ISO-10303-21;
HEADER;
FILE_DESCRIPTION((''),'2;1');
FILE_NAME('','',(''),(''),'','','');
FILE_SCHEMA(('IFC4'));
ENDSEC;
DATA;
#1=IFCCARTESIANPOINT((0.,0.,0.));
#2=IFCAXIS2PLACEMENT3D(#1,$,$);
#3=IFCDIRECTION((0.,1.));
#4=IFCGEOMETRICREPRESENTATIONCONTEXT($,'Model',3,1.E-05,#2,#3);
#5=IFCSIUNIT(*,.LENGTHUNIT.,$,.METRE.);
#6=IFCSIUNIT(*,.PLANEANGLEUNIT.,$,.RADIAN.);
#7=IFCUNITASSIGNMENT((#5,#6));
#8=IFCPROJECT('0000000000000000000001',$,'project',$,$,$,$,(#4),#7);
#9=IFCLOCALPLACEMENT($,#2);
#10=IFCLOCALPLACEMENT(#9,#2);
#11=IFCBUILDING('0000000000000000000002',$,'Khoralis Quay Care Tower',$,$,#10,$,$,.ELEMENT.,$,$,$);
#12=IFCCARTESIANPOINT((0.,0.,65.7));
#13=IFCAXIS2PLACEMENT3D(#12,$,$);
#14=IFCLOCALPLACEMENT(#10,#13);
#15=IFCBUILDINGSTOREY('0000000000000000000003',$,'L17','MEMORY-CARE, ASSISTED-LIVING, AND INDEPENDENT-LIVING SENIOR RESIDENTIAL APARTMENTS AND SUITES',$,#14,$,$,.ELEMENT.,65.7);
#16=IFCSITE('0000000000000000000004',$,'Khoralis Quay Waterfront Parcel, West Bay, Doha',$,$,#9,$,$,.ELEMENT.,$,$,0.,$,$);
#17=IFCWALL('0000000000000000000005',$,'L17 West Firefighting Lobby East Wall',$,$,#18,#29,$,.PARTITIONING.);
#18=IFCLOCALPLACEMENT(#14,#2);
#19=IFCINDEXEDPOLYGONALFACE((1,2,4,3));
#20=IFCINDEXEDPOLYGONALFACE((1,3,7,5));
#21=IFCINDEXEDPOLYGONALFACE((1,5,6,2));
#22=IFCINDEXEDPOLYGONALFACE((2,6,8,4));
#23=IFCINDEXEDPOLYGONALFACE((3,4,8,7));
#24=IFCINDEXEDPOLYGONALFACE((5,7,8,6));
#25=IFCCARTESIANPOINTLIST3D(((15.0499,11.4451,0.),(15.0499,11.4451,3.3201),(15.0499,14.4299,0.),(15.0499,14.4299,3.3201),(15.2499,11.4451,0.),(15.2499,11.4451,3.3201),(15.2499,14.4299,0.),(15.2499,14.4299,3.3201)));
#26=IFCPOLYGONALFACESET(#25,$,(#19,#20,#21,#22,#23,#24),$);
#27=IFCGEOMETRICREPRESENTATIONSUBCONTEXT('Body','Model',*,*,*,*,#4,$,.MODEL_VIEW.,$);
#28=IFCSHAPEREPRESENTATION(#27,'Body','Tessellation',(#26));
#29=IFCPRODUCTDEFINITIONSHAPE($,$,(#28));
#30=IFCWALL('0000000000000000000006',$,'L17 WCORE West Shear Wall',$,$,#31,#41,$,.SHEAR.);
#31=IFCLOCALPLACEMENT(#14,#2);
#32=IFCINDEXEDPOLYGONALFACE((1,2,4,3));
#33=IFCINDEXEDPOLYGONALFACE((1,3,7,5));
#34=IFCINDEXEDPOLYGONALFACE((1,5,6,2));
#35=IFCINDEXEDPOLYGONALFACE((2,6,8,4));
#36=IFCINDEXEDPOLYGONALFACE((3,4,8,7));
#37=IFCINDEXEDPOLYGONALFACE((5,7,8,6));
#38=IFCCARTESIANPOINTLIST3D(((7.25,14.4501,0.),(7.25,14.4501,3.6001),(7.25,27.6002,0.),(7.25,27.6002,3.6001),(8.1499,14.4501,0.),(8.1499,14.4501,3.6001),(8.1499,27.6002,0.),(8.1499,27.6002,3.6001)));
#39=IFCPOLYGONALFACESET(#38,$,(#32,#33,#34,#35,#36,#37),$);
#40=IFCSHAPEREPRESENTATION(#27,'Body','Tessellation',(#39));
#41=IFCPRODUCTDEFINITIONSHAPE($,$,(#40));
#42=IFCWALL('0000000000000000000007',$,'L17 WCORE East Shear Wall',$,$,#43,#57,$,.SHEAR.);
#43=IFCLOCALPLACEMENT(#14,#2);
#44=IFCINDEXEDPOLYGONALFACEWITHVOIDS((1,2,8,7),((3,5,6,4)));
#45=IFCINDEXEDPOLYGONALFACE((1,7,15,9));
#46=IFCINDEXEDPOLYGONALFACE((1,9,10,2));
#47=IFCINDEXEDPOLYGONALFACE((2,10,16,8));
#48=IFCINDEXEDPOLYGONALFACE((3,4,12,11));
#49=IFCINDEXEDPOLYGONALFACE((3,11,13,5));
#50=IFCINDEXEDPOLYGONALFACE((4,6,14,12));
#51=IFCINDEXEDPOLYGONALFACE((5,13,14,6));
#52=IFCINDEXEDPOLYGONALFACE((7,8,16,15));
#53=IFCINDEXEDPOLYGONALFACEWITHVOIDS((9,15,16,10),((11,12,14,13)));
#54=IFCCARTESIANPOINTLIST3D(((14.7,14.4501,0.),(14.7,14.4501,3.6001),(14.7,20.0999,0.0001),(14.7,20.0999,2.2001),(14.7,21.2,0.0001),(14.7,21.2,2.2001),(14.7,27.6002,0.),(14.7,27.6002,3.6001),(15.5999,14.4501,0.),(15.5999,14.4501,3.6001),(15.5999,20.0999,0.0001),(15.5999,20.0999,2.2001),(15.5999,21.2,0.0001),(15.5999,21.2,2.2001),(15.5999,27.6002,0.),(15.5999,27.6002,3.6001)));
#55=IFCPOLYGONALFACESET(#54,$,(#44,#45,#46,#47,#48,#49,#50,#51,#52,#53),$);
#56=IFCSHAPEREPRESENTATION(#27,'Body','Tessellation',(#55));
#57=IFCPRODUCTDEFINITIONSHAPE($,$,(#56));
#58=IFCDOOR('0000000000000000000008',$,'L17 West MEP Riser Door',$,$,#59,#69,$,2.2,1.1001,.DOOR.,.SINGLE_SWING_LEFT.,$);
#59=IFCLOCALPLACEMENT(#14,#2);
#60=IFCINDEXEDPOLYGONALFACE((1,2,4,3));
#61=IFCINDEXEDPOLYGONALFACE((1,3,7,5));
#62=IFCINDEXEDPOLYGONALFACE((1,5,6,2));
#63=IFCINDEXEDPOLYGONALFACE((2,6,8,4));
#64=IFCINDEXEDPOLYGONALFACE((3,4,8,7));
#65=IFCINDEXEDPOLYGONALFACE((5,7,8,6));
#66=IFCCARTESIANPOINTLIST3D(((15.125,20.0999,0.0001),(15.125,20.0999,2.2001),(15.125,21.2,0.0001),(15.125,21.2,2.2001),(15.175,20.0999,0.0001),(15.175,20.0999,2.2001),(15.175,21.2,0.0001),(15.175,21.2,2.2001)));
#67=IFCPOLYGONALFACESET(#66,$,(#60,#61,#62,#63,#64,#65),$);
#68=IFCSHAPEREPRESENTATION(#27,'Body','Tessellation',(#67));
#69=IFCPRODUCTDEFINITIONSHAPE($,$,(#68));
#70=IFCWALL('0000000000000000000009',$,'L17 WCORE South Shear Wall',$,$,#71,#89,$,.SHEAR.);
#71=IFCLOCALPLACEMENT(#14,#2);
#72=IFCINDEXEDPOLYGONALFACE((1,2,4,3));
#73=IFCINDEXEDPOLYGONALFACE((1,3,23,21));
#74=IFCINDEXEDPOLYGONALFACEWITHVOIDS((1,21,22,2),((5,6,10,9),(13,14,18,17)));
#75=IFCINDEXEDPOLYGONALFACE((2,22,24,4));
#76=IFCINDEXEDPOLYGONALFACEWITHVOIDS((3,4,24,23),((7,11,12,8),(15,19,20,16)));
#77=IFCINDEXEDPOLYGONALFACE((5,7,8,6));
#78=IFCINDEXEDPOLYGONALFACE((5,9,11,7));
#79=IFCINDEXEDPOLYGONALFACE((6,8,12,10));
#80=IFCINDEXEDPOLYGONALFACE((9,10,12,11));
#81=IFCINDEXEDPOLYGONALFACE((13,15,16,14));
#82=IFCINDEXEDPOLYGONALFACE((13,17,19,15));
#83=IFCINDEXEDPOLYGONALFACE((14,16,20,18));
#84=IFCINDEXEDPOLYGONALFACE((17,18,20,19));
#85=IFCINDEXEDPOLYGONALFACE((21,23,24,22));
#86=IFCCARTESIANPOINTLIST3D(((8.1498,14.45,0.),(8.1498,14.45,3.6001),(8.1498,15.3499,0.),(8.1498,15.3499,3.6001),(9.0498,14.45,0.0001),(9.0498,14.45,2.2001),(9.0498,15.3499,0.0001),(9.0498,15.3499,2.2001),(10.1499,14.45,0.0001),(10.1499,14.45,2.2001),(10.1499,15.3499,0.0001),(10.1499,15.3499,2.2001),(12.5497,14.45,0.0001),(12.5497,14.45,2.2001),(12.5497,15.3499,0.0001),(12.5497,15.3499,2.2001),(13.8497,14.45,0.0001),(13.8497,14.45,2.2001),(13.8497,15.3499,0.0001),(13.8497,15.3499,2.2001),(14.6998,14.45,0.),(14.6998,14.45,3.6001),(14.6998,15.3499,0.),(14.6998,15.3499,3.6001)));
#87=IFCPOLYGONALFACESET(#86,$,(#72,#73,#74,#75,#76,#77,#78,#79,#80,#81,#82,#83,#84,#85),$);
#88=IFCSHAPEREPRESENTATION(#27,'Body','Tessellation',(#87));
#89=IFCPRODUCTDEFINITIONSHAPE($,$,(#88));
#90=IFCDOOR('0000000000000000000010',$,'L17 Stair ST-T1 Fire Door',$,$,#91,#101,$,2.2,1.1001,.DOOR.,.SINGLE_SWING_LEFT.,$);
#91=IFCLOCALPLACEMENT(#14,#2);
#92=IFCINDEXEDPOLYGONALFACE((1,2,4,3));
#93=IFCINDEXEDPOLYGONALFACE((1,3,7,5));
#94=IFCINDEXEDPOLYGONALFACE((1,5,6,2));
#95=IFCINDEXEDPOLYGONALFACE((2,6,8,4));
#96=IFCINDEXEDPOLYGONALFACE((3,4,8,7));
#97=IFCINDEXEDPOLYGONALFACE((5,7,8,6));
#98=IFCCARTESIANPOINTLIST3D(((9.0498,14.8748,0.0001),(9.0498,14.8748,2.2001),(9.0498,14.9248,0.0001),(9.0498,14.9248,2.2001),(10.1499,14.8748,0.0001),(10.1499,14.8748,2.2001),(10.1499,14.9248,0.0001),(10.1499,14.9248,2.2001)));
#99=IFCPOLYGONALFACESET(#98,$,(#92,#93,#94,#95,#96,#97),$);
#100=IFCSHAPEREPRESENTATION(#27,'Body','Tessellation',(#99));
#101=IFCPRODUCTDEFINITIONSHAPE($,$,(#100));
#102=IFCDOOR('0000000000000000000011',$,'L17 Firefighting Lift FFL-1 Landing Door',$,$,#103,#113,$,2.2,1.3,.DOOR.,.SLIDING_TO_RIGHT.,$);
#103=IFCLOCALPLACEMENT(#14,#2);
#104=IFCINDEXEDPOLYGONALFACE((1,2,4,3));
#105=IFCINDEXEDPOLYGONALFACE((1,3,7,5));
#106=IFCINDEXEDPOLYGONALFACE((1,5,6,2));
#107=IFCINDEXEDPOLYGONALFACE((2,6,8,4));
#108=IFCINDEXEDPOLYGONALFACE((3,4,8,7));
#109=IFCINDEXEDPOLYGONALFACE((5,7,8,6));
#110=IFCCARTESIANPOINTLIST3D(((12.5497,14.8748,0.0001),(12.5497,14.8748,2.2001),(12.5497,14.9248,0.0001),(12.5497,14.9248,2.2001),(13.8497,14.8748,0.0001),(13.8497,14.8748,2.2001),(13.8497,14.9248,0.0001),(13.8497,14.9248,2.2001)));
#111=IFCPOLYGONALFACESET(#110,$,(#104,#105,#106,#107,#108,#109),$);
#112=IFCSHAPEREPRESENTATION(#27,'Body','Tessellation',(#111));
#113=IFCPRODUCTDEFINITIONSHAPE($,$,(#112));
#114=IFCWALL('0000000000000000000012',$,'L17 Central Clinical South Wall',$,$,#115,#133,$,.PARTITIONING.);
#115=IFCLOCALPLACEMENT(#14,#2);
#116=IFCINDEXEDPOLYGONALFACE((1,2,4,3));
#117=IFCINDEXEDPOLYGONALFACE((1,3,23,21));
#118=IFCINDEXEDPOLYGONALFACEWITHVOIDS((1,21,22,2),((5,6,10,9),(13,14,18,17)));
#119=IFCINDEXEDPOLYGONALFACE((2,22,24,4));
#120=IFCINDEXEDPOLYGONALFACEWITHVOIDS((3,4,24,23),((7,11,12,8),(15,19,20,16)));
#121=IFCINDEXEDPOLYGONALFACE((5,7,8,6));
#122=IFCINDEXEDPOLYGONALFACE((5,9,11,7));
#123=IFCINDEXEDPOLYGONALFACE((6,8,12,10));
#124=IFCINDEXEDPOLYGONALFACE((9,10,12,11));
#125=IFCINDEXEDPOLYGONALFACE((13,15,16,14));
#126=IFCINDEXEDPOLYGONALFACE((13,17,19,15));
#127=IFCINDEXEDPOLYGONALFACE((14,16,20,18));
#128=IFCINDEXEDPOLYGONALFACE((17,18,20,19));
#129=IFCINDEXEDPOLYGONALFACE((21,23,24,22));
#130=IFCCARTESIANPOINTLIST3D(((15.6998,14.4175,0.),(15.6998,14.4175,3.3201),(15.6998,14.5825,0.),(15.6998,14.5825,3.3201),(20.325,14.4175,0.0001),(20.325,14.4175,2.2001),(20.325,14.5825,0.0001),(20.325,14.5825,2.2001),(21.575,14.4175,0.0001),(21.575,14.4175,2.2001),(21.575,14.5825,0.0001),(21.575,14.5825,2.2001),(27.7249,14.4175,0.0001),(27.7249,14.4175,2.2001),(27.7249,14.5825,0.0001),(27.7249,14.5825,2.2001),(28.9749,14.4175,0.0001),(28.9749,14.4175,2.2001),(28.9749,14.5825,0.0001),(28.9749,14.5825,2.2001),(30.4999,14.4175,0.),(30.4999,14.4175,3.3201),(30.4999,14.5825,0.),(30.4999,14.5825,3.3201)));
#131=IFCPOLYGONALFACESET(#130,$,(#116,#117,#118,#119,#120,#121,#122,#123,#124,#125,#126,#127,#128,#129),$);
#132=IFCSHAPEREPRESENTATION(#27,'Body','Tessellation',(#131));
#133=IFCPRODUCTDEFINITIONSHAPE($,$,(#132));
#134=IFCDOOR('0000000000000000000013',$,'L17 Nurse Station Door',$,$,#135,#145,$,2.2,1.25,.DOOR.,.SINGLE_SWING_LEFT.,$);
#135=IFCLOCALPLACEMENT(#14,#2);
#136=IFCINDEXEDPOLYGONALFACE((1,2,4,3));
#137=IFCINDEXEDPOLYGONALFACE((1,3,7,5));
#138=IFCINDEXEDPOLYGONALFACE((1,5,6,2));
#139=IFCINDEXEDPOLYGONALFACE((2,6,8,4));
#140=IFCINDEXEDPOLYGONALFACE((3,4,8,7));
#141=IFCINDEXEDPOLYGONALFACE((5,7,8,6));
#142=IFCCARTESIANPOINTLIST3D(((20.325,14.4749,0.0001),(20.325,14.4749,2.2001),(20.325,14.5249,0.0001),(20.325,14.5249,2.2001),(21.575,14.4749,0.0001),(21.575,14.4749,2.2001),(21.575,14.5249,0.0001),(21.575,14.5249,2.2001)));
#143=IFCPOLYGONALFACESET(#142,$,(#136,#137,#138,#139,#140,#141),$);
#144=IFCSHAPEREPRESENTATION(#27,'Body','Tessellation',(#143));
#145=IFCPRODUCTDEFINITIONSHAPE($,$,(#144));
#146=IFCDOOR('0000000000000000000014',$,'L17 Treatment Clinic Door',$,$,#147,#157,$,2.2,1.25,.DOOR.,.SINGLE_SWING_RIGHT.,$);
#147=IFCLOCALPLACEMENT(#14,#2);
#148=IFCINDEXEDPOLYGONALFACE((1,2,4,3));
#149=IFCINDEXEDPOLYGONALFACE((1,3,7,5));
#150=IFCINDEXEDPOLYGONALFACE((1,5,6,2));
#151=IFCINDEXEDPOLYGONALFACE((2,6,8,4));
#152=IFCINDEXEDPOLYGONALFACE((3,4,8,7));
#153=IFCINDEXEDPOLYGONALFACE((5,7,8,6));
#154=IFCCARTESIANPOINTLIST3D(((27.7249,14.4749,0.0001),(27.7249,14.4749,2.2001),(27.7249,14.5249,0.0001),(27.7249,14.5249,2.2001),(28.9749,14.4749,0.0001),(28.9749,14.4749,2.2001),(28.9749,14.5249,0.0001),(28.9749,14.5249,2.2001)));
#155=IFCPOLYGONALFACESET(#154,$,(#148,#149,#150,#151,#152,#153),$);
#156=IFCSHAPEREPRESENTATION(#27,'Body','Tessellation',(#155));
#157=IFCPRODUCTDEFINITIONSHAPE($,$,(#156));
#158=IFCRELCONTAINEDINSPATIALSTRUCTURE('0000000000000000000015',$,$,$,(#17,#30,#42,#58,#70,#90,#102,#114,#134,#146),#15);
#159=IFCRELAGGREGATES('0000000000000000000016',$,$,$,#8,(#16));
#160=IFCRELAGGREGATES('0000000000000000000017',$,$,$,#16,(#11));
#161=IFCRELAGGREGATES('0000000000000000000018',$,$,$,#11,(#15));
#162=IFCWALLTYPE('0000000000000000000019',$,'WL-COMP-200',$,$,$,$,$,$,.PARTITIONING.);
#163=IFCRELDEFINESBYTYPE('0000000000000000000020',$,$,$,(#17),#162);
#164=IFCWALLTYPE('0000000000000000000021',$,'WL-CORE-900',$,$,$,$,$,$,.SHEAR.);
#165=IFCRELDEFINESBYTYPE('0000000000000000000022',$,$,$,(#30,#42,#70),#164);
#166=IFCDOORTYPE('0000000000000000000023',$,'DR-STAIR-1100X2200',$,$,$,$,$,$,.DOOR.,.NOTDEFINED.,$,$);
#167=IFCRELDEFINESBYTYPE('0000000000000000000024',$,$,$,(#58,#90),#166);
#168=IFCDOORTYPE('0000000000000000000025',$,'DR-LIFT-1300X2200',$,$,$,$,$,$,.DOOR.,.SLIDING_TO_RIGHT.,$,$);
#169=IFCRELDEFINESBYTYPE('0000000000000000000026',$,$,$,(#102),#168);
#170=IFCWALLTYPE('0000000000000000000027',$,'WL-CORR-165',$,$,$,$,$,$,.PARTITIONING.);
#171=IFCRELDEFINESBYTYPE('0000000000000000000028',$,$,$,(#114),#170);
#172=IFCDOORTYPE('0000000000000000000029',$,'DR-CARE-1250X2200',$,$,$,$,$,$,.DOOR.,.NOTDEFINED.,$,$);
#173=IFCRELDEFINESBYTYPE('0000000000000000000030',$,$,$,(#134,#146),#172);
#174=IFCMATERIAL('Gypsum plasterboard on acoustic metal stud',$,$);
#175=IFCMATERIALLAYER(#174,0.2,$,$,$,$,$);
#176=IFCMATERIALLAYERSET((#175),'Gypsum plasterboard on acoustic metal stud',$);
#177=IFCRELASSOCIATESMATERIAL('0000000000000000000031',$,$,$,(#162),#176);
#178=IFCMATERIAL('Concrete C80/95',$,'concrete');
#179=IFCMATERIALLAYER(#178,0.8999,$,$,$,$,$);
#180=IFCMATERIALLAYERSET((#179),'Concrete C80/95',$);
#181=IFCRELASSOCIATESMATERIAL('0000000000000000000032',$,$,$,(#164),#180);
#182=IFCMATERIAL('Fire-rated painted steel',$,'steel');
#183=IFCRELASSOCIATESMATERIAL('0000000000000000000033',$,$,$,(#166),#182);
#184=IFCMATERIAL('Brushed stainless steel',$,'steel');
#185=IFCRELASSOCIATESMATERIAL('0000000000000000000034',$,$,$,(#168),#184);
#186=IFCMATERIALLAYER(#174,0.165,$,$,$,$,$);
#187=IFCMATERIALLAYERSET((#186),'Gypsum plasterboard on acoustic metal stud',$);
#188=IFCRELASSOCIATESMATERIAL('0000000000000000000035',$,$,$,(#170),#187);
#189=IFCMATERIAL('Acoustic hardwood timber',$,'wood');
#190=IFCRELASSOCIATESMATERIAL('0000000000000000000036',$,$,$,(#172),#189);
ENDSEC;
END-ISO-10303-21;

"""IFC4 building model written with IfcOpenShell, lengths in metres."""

from ifc_helpers import new_model, si_unit, direction, frame, frame_2d, origin, place, context, subcontext, project, spatial, rectangle, extrude, source, transform, mapped, material, layer, layer_set, type_object, element, fill, save


model = new_model("IFC4")

# Units and contexts
model_context = context("Model", 3, precision=1e-05, world=origin(), true_north=direction((0.0, 1.0)))
body_context = subcontext(model_context, "Body", "Model", "MODEL_VIEW")
ifc_project = project(units=[si_unit("LENGTHUNIT", "METRE"), si_unit("PLANEANGLEUNIT", "RADIAN")], contexts=[model_context])

# Site, building, storey
site_placement = place(None, origin())
site = spatial("IfcSite", under=ifc_project, at=site_placement, Name="Khoralis Quay Waterfront Parcel, West Bay, Doha", CompositionType="ELEMENT", RefElevation=0.0)
building_placement = place(site_placement, origin())
building = spatial("IfcBuilding", under=site, at=building_placement, Name="Khoralis Quay Care Tower", CompositionType="ELEMENT")
storey_placement = place(building_placement, frame((0.0, 0.0, 65.7)))
storey = spatial("IfcBuildingStorey", under=building, at=storey_placement, Name="L17", Description="MEMORY-CARE, ASSISTED-LIVING, AND INDEPENDENT-LIVING SENIOR RESIDENTIAL APARTMENTS AND SUITES", CompositionType="ELEMENT", Elevation=65.7)

# Shared definitions
ifc_material_1 = material(Name="Concrete C80/95", Category="concrete")

# Shared definitions
ifc_material_2 = material(Name="Gypsum plasterboard on acoustic metal stud")
ifc_layer_1 = layer(ifc_material_2, 0.2)
ifc_layer_set_1 = layer_set([ifc_layer_1], Name="Gypsum plasterboard on acoustic metal stud")
wall_type_1 = type_object("IfcWallType", Name="WL-COMP-200", PredefinedType="PARTITIONING", material=ifc_layer_set_1)
ifc_material_3 = material(Name="Fire-rated painted steel", Category="steel")

# Walls
for number, where, z_axis, x_axis, name in (
    (1, (15.1499, 11.4451, 0.0), (0.0, 0.0, 1.0), (0.0, 1.0, 0.0), "L17 West Firefighting Lobby East Wall"),
):
    element("IfcWall", number, at=place(storey_placement, frame(where, z_axis=z_axis, x_axis=x_axis)), inside=storey, type_object=wall_type_1, Name=name, PredefinedType="PARTITIONING", context=body_context, shape_type="SweptSolid", body=[
        extrude(rectangle(XDim=2.9849, YDim=0.2, at=frame_2d((1.4924, 0.0))), origin(), (0.0, 0.0, 1.0), 3.3201),
    ])
ifc_layer_2 = layer(ifc_material_1, 0.8999)
ifc_layer_set_2 = layer_set([ifc_layer_2], Name="Concrete C80/95")
wall_type_2 = type_object("IfcWallType", Name="WL-CORE-900", PredefinedType="SHEAR", material=ifc_layer_set_2)
wall_1_placement = place(storey_placement, frame((7.7, 14.45, 0.0), z_axis=(0.0, 0.0, 1.0), x_axis=(0.0, 1.0, 0.0)))
element("IfcWall", 2, at=wall_1_placement, inside=storey, type_object=wall_type_2, Name="L17 WCORE West Shear Wall", PredefinedType="SHEAR", context=body_context, shape_type="SweptSolid", body=[
    extrude(rectangle(XDim=13.1501, YDim=0.8999, at=frame_2d((6.5752, 0.0))), origin(), (0.0, 0.0, 1.0), 3.6001),
])

# Wall, opening, door
wall_2_placement = place(storey_placement, frame((15.1499, 14.45, 0.0), z_axis=(0.0, 0.0, 1.0), x_axis=(0.0, 1.0, 0.0)))
wall_2 = element("IfcWall", 3, at=wall_2_placement, inside=storey, type_object=wall_type_2, Name="L17 WCORE East Shear Wall", PredefinedType="SHEAR", context=body_context, shape_type="SweptSolid", body=[
    extrude(rectangle(XDim=13.1501, YDim=0.8999, at=frame_2d((6.5752, 0.0))), origin(), (0.0, 0.0, 1.0), 3.6001),
])
opening_1_placement = place(wall_2_placement, frame((5.6499, 0.0, 0.0)))
opening_1 = element("IfcOpeningElement", 4, at=opening_1_placement, cuts=wall_2, PredefinedType="OPENING", context=body_context, shape_type="SweptSolid", body=[
    extrude(rectangle(XDim=1.1001, YDim=2.2, at=frame_2d((0.55, 1.1001))), frame((0.0, 0.46, 0.0), z_axis=(0.0, -1.0, 0.0), x_axis=(1.0, 0.0, 0.0)), (0.0, 0.0, 1.0), 0.9199),
])
door_type_1 = type_object("IfcDoorType", Name="DR-STAIR-1100X2200", OperationType="NOTDEFINED", PredefinedType="DOOR", material=ifc_material_3)
shared_shape_1 = source(origin(), body_context, "Body", "SweptSolid", [
    extrude(rectangle(XDim=1.1001, YDim=2.2, at=frame_2d((0.55, 1.1001))), frame((0.0, 0.0249, 0.0), z_axis=(0.0, -1.0, 0.0), x_axis=(1.0, 0.0, 0.0)), (0.0, 0.0, 1.0), 0.05),
])
door_1_placement = place(opening_1_placement, origin())
door_1 = element("IfcDoor", 5, at=door_1_placement, inside=storey, type_object=door_type_1, Name="L17 West MEP Riser Door", OperationType="SINGLE_SWING_LEFT", OverallHeight=2.2, OverallWidth=1.1001, PredefinedType="DOOR", context=body_context, shape_type="MappedRepresentation", body=[
    mapped(shared_shape_1, transform((0.0, 0.0, 0.0), scale=1.0)),
])
fill(opening_1, door_1)

# Walls, openings, doors
wall_3_placement = place(storey_placement, frame((8.1499, 14.8999, 0.0), z_axis=(0.0, 0.0, 1.0), x_axis=(1.0, 0.0, 0.0)))
wall_3 = element("IfcWall", 6, at=wall_3_placement, inside=storey, type_object=wall_type_2, Name="L17 WCORE South Shear Wall", PredefinedType="SHEAR", context=body_context, shape_type="SweptSolid", body=[
    extrude(rectangle(XDim=6.55, YDim=0.8999, at=frame_2d((3.2749, 0.0))), origin(), (0.0, 0.0, 1.0), 3.6001),
])
opening_2_placement = place(wall_3_placement, frame((0.8999, 0.0, 0.0)))
opening_2 = element("IfcOpeningElement", 7, at=opening_2_placement, cuts=wall_3, PredefinedType="OPENING", context=body_context, shape_type="SweptSolid", body=[
    extrude(rectangle(XDim=1.1001, YDim=2.2, at=frame_2d((0.55, 1.1001))), frame((0.0, 0.46, 0.0), z_axis=(0.0, -1.0, 0.0), x_axis=(1.0, 0.0, 0.0)), (0.0, 0.0, 1.0), 0.9199),
])
opening_3_placement = place(wall_3_placement, frame((4.3999, 0.0, 0.0)))
opening_3 = element("IfcOpeningElement", 8, at=opening_3_placement, cuts=wall_3, PredefinedType="OPENING", context=body_context, shape_type="SweptSolid", body=[
    extrude(rectangle(XDim=1.3, YDim=2.2, at=frame_2d((0.6499, 1.1001))), frame((0.0, 0.46, 0.0), z_axis=(0.0, -1.0, 0.0), x_axis=(1.0, 0.0, 0.0)), (0.0, 0.0, 1.0), 0.9199),
])
door_2_placement = place(opening_2_placement, origin())
door_2 = element("IfcDoor", 9, at=door_2_placement, inside=storey, type_object=door_type_1, Name="L17 Stair ST-T1 Fire Door", OperationType="SINGLE_SWING_LEFT", OverallHeight=2.2, OverallWidth=1.1001, PredefinedType="DOOR", context=body_context, shape_type="MappedRepresentation", body=[
    mapped(shared_shape_1, transform((0.0, 0.0, 0.0), scale=1.0)),
])
fill(opening_2, door_2)
ifc_material_4 = material(Name="Brushed stainless steel", Category="steel")
door_type_2 = type_object("IfcDoorType", Name="DR-LIFT-1300X2200", OperationType="SLIDING_TO_RIGHT", PredefinedType="DOOR", material=ifc_material_4)
shared_shape_2 = source(origin(), body_context, "Body", "SweptSolid", [
    extrude(rectangle(XDim=1.3, YDim=2.2, at=frame_2d((0.6499, 1.1001))), frame((0.0, 0.0249, 0.0), z_axis=(0.0, -1.0, 0.0), x_axis=(1.0, 0.0, 0.0)), (0.0, 0.0, 1.0), 0.05),
])
door_3_placement = place(opening_3_placement, origin())
door_3 = element("IfcDoor", 10, at=door_3_placement, inside=storey, type_object=door_type_2, Name="L17 Firefighting Lift FFL-1 Landing Door", OperationType="SLIDING_TO_RIGHT", OverallHeight=2.2, OverallWidth=1.3, PredefinedType="DOOR", context=body_context, shape_type="MappedRepresentation", body=[
    mapped(shared_shape_2, transform((0.0, 0.0, 0.0), scale=1.0)),
])
fill(opening_3, door_3)
ifc_layer_3 = layer(ifc_material_2, 0.165)
ifc_layer_set_3 = layer_set([ifc_layer_3], Name="Gypsum plasterboard on acoustic metal stud")
wall_type_3 = type_object("IfcWallType", Name="WL-CORR-165", PredefinedType="PARTITIONING", material=ifc_layer_set_3)
wall_4_placement = place(storey_placement, frame((15.7, 14.5, 0.0), z_axis=(0.0, 0.0, 1.0), x_axis=(1.0, 0.0, 0.0)))
wall_4 = element("IfcWall", 11, at=wall_4_placement, inside=storey, type_object=wall_type_3, Name="L17 Central Clinical South Wall", PredefinedType="PARTITIONING", context=body_context, shape_type="SweptSolid", body=[
    extrude(rectangle(XDim=14.8, YDim=0.165, at=frame_2d((7.3999, 0.0))), origin(), (0.0, 0.0, 1.0), 3.3201),
])
opening_4_placement = place(wall_4_placement, frame((4.625, 0.0, 0.0)))
opening_4 = element("IfcOpeningElement", 12, at=opening_4_placement, cuts=wall_4, PredefinedType="OPENING", context=body_context, shape_type="SweptSolid", body=[
    extrude(rectangle(XDim=1.25, YDim=2.2, at=frame_2d((0.625, 1.1001))), frame((0.0, 0.0925, 0.0), z_axis=(0.0, -1.0, 0.0), x_axis=(1.0, 0.0, 0.0)), (0.0, 0.0, 1.0), 0.1851),
])
opening_5_placement = place(wall_4_placement, frame((12.0249, 0.0, 0.0)))
opening_5 = element("IfcOpeningElement", 13, at=opening_5_placement, cuts=wall_4, PredefinedType="OPENING", context=body_context, shape_type="SweptSolid", body=[
    extrude(rectangle(XDim=1.25, YDim=2.2, at=frame_2d((0.625, 1.1001))), frame((0.0, 0.0925, 0.0), z_axis=(0.0, -1.0, 0.0), x_axis=(1.0, 0.0, 0.0)), (0.0, 0.0, 1.0), 0.1851),
])
ifc_material_5 = material(Name="Acoustic hardwood timber", Category="wood")
door_type_3 = type_object("IfcDoorType", Name="DR-CARE-1250X2200", OperationType="NOTDEFINED", PredefinedType="DOOR", material=ifc_material_5)
shared_shape_3 = source(origin(), body_context, "Body", "SweptSolid", [
    extrude(rectangle(XDim=1.25, YDim=2.2, at=frame_2d((0.625, 1.1001))), frame((0.0, 0.0249, 0.0), z_axis=(0.0, -1.0, 0.0), x_axis=(1.0, 0.0, 0.0)), (0.0, 0.0, 1.0), 0.05),
])
door_4_placement = place(opening_4_placement, origin())
door_4 = element("IfcDoor", 14, at=door_4_placement, inside=storey, type_object=door_type_3, Name="L17 Nurse Station Door", OperationType="SINGLE_SWING_LEFT", OverallHeight=2.2, OverallWidth=1.25, PredefinedType="DOOR", context=body_context, shape_type="MappedRepresentation", body=[
    mapped(shared_shape_3, transform((0.0, 0.0, 0.0), scale=1.0)),
])
fill(opening_4, door_4)
door_5_placement = place(opening_5_placement, origin())
door_5 = element("IfcDoor", 15, at=door_5_placement, inside=storey, type_object=door_type_3, Name="L17 Treatment Clinic Door", OperationType="SINGLE_SWING_RIGHT", OverallHeight=2.2, OverallWidth=1.25, PredefinedType="DOOR", context=body_context, shape_type="MappedRepresentation", body=[
    mapped(shared_shape_3, transform((0.0, 0.0, 0.0), scale=1.0)),
])
fill(opening_5, door_5)

save(model, "model.ifc")
